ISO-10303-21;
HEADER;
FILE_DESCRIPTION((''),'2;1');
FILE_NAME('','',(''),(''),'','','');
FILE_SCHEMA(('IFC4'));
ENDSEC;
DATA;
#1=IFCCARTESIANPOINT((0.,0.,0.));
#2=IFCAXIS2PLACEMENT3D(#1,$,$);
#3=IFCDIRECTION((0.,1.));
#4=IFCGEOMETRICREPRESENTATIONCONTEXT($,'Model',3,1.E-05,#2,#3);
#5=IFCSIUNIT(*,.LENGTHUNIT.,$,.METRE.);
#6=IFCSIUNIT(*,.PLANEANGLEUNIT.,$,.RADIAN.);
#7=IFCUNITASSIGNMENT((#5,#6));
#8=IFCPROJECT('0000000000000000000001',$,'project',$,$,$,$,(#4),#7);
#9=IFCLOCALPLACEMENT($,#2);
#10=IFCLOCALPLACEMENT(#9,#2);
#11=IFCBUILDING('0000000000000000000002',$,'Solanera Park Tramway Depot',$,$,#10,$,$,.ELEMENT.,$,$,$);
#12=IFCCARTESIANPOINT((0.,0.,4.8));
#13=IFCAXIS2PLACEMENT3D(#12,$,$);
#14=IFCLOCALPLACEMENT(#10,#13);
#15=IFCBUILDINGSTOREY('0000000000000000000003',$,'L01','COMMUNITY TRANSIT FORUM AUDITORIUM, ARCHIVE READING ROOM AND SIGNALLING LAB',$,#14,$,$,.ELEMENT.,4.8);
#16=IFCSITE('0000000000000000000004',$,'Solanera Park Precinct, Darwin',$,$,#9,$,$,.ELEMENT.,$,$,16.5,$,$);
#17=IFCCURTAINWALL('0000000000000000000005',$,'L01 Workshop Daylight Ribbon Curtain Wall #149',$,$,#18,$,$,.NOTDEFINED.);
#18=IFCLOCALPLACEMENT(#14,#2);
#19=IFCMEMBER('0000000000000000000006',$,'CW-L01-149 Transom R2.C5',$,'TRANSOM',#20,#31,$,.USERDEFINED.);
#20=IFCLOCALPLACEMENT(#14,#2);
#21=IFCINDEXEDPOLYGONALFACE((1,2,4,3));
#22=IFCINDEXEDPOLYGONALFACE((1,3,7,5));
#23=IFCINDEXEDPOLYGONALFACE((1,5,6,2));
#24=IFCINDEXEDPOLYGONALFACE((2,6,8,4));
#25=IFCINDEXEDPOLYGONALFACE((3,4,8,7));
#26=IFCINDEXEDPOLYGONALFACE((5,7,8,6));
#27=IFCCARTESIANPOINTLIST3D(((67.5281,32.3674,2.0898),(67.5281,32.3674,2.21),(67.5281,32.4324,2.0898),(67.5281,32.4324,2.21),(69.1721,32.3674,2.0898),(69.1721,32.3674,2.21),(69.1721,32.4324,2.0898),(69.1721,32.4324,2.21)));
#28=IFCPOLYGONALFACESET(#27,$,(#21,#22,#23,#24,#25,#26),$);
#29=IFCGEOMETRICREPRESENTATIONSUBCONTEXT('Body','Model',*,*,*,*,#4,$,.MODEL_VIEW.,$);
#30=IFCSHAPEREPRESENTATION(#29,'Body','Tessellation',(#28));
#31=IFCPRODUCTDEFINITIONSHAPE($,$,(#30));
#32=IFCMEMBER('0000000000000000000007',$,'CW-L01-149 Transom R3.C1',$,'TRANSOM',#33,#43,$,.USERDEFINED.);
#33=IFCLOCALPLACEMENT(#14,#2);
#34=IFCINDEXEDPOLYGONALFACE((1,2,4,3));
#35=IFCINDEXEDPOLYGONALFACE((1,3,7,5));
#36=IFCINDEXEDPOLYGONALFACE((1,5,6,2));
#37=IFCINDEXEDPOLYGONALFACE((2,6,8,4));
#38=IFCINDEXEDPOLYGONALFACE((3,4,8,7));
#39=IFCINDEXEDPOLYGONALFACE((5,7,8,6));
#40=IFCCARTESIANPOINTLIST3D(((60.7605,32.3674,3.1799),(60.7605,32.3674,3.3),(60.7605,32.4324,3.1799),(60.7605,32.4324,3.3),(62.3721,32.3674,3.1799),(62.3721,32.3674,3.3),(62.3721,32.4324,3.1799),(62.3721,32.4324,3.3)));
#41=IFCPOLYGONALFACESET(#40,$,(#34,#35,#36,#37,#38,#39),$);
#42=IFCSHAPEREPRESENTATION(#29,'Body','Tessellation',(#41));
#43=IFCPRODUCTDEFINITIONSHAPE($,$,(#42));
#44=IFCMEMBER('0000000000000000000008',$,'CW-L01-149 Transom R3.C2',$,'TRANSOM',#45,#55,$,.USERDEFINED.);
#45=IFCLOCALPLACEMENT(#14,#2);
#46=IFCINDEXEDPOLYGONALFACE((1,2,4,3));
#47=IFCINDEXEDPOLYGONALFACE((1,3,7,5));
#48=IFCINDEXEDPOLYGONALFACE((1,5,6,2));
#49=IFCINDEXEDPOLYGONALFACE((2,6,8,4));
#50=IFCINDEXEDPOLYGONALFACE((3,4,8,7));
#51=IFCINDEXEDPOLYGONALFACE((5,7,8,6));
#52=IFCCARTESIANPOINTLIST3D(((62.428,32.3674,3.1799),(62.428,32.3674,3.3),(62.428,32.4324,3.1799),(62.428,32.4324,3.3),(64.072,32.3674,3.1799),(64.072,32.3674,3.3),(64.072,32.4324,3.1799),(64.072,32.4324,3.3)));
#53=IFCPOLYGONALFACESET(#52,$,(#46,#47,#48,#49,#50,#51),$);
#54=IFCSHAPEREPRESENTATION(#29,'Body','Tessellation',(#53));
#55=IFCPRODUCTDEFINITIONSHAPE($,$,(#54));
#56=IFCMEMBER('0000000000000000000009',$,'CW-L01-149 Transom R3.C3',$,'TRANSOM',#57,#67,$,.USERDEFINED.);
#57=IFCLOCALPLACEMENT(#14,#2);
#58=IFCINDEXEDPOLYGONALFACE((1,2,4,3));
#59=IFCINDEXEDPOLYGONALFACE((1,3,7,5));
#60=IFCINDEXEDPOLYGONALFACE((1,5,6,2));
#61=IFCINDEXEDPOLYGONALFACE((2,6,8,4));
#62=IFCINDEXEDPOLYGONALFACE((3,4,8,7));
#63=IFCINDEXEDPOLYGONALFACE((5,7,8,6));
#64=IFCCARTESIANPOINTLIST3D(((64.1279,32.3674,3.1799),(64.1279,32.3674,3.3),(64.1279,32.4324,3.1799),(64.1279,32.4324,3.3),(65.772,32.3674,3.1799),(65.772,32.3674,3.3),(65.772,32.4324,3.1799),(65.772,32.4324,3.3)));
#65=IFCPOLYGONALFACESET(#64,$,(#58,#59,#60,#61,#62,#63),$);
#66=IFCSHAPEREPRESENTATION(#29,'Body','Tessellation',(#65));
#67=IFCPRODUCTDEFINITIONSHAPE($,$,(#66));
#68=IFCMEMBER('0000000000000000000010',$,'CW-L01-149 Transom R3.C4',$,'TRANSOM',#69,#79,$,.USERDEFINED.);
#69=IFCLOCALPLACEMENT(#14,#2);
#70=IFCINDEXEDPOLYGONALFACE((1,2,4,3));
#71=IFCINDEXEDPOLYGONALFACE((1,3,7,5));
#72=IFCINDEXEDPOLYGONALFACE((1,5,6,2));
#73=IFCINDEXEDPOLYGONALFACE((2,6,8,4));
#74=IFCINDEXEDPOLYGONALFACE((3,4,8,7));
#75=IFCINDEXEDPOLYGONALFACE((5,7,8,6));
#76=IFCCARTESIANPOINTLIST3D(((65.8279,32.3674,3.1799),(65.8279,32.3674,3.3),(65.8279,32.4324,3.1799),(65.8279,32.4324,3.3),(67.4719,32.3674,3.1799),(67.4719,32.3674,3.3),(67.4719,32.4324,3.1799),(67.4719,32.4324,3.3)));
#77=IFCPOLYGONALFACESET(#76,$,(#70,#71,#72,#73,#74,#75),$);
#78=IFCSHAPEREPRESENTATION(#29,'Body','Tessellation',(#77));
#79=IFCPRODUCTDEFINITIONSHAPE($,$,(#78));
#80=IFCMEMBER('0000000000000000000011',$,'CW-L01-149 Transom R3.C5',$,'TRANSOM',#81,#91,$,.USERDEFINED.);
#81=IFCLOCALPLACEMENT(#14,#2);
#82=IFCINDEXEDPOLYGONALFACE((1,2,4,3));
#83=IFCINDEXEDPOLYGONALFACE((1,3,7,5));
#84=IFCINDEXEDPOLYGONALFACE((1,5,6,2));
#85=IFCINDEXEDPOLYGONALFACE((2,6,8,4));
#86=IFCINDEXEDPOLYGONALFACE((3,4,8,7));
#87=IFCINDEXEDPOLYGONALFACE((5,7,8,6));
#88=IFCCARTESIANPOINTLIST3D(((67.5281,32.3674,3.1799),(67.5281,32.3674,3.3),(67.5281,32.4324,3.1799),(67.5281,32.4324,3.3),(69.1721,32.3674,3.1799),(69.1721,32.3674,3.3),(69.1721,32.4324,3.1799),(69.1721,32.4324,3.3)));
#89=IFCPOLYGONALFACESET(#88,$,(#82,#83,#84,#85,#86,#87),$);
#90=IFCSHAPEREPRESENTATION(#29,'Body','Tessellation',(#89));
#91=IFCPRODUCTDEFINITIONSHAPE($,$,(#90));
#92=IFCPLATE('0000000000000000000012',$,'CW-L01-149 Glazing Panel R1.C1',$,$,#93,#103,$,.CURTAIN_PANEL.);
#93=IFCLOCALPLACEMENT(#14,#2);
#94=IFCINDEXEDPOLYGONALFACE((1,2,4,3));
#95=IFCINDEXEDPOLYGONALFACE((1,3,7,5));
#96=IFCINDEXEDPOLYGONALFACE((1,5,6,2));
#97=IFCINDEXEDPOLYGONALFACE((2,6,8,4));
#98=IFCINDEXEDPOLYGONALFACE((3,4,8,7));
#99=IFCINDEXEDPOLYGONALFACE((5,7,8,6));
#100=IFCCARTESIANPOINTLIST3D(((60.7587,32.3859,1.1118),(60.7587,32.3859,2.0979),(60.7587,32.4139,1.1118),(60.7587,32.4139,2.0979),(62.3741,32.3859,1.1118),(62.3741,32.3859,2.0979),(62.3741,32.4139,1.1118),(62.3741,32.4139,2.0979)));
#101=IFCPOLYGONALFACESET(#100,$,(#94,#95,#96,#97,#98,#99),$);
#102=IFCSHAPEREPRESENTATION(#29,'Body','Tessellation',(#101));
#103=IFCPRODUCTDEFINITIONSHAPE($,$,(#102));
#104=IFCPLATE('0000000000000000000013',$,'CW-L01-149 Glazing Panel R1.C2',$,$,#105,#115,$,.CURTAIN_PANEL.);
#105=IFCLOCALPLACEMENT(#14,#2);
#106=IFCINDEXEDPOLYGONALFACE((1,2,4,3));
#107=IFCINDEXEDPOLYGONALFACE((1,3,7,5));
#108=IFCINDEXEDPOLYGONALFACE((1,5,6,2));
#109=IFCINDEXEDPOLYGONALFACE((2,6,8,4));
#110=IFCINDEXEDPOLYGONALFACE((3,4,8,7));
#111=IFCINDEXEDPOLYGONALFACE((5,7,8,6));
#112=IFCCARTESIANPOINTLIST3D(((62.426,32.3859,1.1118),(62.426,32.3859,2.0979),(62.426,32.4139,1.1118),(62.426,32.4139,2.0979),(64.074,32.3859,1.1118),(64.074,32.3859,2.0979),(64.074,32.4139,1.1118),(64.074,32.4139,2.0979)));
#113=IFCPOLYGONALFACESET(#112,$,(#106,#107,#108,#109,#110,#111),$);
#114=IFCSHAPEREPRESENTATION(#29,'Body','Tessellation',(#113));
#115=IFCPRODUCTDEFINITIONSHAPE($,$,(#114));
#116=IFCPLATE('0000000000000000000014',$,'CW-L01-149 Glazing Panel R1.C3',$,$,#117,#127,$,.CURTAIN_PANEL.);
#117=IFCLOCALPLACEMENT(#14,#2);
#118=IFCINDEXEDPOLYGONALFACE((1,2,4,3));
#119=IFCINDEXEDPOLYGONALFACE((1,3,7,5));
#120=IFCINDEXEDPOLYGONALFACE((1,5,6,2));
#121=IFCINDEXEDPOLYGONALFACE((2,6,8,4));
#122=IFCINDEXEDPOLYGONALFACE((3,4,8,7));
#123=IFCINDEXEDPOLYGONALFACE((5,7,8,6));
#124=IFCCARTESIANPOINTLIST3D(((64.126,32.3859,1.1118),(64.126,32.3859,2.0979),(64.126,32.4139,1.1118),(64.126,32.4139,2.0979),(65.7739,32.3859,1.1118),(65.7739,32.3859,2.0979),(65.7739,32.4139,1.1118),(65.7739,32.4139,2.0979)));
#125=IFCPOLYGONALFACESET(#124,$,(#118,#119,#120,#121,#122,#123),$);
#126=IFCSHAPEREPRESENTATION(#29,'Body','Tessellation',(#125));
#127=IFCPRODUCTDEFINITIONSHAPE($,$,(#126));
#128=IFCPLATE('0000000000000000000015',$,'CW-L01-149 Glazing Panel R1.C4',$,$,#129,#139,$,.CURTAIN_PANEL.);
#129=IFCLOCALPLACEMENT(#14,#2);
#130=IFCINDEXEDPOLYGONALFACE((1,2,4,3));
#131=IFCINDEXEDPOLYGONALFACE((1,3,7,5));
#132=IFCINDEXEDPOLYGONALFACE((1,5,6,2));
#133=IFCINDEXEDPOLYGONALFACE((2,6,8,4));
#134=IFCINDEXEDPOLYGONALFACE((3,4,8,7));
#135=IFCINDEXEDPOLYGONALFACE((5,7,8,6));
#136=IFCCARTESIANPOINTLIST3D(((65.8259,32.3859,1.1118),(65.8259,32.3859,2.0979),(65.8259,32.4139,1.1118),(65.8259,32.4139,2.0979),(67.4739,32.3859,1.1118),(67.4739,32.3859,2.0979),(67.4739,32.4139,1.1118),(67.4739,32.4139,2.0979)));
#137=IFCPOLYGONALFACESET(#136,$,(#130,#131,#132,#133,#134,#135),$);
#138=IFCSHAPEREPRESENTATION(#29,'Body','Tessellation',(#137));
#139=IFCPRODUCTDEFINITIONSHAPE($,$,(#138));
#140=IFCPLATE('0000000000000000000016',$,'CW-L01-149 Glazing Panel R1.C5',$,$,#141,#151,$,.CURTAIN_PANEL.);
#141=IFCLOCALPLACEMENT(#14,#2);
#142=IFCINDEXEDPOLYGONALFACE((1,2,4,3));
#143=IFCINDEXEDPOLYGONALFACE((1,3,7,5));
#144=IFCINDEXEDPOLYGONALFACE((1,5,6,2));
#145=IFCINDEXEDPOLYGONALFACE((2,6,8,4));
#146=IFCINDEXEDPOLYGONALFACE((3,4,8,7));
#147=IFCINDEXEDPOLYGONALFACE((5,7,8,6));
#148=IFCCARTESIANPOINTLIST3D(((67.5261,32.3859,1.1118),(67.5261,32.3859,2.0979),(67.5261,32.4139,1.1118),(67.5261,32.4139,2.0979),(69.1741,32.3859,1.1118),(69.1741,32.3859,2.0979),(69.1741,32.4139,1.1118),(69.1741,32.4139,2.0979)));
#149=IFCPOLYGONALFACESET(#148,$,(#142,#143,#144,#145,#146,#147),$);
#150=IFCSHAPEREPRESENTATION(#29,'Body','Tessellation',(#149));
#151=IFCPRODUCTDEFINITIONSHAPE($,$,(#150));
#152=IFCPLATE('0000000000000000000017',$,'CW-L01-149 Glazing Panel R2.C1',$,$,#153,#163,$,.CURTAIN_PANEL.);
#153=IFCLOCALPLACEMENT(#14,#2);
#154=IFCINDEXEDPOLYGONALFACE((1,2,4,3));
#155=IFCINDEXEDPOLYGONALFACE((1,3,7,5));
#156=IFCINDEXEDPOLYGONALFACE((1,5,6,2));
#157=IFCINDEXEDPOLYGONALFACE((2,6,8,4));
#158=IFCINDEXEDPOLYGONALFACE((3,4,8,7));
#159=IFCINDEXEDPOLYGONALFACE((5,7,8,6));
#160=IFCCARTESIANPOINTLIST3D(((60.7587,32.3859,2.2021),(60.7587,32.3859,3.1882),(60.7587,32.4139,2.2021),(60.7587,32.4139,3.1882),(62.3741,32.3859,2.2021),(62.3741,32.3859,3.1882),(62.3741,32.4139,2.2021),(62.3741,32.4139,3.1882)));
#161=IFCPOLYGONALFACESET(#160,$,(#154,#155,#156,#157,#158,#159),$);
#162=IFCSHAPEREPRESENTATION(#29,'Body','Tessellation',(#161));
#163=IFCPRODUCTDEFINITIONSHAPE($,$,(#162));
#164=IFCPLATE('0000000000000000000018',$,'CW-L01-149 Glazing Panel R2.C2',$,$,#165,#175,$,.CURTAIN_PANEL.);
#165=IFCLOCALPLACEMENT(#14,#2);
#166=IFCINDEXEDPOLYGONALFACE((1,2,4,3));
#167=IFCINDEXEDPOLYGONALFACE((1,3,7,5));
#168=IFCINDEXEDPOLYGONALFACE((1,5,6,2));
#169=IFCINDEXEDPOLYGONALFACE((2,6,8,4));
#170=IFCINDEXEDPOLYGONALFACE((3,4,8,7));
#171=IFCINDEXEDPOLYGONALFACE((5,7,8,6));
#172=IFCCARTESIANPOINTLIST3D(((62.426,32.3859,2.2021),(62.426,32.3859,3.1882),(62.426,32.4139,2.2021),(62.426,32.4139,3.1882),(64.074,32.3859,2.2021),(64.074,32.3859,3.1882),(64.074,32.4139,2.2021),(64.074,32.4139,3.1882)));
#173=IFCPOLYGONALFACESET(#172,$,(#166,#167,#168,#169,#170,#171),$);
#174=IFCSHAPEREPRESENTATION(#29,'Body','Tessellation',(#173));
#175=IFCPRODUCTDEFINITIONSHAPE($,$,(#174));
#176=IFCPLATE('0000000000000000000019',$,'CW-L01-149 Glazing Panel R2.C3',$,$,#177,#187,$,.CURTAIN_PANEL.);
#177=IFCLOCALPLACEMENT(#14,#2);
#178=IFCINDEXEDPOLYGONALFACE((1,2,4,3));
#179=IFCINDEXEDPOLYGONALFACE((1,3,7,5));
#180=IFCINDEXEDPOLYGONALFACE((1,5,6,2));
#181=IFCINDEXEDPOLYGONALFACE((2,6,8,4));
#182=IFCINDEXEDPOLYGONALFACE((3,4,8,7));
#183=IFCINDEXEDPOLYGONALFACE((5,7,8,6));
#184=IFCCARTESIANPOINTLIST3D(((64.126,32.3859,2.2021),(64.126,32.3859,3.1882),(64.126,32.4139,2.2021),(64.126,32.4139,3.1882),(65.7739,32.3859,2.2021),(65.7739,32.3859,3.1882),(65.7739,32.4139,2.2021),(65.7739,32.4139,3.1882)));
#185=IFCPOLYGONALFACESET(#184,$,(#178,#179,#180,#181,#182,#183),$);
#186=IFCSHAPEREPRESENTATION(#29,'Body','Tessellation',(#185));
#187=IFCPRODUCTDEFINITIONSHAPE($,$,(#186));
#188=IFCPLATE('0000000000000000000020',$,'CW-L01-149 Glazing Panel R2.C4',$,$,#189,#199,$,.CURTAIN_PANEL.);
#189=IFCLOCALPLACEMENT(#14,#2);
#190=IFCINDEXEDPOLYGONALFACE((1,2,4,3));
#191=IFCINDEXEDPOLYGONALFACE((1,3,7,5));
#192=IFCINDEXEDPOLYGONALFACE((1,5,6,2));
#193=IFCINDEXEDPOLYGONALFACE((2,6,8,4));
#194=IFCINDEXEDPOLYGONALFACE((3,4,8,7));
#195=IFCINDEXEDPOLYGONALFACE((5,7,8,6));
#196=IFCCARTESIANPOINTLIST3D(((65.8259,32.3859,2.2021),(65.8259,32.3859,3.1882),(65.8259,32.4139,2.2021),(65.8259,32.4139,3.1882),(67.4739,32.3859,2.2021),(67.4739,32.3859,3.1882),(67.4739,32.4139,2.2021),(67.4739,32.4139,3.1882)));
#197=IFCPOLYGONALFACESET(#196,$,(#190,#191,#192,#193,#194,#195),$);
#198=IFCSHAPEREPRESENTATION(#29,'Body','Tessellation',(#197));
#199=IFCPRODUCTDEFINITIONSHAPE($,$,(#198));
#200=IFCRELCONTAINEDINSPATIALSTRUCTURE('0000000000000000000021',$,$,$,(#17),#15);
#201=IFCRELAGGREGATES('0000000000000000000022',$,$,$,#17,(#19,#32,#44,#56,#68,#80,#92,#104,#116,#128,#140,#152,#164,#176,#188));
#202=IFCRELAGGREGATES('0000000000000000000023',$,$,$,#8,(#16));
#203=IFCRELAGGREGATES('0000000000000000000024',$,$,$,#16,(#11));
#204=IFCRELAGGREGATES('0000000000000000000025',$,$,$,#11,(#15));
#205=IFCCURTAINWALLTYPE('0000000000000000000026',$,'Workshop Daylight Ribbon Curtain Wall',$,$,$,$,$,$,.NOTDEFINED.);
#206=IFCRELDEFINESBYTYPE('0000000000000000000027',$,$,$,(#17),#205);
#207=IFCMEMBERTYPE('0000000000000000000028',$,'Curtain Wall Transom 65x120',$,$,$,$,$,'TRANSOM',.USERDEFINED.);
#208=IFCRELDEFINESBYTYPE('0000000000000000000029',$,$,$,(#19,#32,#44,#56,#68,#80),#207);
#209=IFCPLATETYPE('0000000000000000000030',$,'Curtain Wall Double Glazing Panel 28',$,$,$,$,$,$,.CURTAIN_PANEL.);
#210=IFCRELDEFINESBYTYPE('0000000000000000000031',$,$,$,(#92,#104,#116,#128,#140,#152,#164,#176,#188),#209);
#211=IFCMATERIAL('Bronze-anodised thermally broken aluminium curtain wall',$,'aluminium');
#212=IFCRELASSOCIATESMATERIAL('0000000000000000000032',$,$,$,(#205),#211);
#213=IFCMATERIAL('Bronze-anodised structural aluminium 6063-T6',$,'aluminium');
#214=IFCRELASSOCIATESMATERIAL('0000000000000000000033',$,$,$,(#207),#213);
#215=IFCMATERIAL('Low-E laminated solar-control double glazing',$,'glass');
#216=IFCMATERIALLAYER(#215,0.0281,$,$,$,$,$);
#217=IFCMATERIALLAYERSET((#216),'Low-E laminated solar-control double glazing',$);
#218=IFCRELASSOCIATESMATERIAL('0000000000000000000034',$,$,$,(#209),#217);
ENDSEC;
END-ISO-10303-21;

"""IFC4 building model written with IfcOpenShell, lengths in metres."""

from ifc_helpers import new_model, si_unit, direction, frame, origin, origin_2d, place, context, subcontext, project, spatial, rectangle, extrude, material, layer, layer_set, material_profile, profile_set, type_object, element, aggregate, save


model = new_model("IFC4")

# Units and contexts
model_context = context("Model", 3, precision=1e-05, world=origin(), true_north=direction((0.0, 1.0)))
body_context = subcontext(model_context, "Body", "Model", "MODEL_VIEW")
ifc_project = project(units=[si_unit("LENGTHUNIT", "METRE"), si_unit("PLANEANGLEUNIT", "RADIAN")], contexts=[model_context])

# Site, building, storey
site_placement = place(None, origin())
site = spatial("IfcSite", under=ifc_project, at=site_placement, Name="Solanera Park Precinct, Darwin", CompositionType="ELEMENT", RefElevation=16.5)
building_placement = place(site_placement, origin())
building = spatial("IfcBuilding", under=site, at=building_placement, Name="Solanera Park Tramway Depot", CompositionType="ELEMENT")
storey_placement = place(building_placement, frame((0.0, 0.0, 4.8)))
storey = spatial("IfcBuildingStorey", under=building, at=storey_placement, Name="L01", Description="COMMUNITY TRANSIT FORUM AUDITORIUM, ARCHIVE READING ROOM AND SIGNALLING LAB", CompositionType="ELEMENT", Elevation=4.8)

# Curtain wall, members, plates
ifc_material_1 = material(Name="Bronze-anodised thermally broken aluminium curtain wall", Category="aluminium")
curtain_wall_type = type_object("IfcCurtainWallType", Name="Workshop Daylight Ribbon Curtain Wall", PredefinedType="NOTDEFINED", material=ifc_material_1)
curtain_wall_placement = place(storey_placement, origin())
curtain_wall = element("IfcCurtainWall", 1, at=curtain_wall_placement, inside=storey, type_object=curtain_wall_type, Name="L01 Workshop Daylight Ribbon Curtain Wall #149", PredefinedType="NOTDEFINED")
ifc_material_2 = material(Name="Bronze-anodised structural aluminium 6063-T6", Category="aluminium")
ifc_material_profile_1 = material_profile(ifc_material_2, rectangle(XDim=0.0649, YDim=0.1201, at=origin_2d()), Name="Curtain Wall Transom 65x120")
ifc_profile_set_1 = profile_set([ifc_material_profile_1], Name="Bronze-anodised structural aluminium 6063-T6")
member_type_1 = type_object("IfcMemberType", Name="Curtain Wall Transom 65x120", ElementType="TRANSOM", PredefinedType="USERDEFINED", material=ifc_profile_set_1)
member_1_placement = place(storey_placement, frame((67.5281, 32.3999, 2.1499), z_axis=(1.0, 0.0, 0.0), x_axis=(0.0, 1.0, 0.0)))
member_1 = element("IfcMember", 2, at=member_1_placement, type_object=member_type_1, Name="CW-L01-149 Transom R2.C5", ObjectType="TRANSOM", PredefinedType="USERDEFINED", context=body_context, shape_type="SweptSolid", body=[
    extrude(rectangle(XDim=0.0649, YDim=0.1201, at=origin_2d()), origin(), (0.0, 0.0, 1.0), 1.644),
])
member_2_placement = place(storey_placement, frame((60.7605, 32.3999, 3.24), z_axis=(1.0, 0.0, 0.0), x_axis=(0.0, 1.0, 0.0)))
member_2 = element("IfcMember", 3, at=member_2_placement, type_object=member_type_1, Name="CW-L01-149 Transom R3.C1", ObjectType="TRANSOM", PredefinedType="USERDEFINED", context=body_context, shape_type="SweptSolid", body=[
    extrude(rectangle(XDim=0.0649, YDim=0.1201, at=origin_2d()), origin(), (0.0, 0.0, 1.0), 1.6116),
])
member_3_placement = place(storey_placement, frame((62.428, 32.3999, 3.24), z_axis=(1.0, 0.0, 0.0), x_axis=(0.0, 1.0, 0.0)))
member_3 = element("IfcMember", 4, at=member_3_placement, type_object=member_type_1, Name="CW-L01-149 Transom R3.C2", ObjectType="TRANSOM", PredefinedType="USERDEFINED", context=body_context, shape_type="SweptSolid", body=[
    extrude(rectangle(XDim=0.0649, YDim=0.1201, at=origin_2d()), origin(), (0.0, 0.0, 1.0), 1.644),
])
member_4_placement = place(storey_placement, frame((64.1279, 32.3999, 3.24), z_axis=(1.0, 0.0, 0.0), x_axis=(0.0, 1.0, 0.0)))
member_4 = element("IfcMember", 5, at=member_4_placement, type_object=member_type_1, Name="CW-L01-149 Transom R3.C3", ObjectType="TRANSOM", PredefinedType="USERDEFINED", context=body_context, shape_type="SweptSolid", body=[
    extrude(rectangle(XDim=0.0649, YDim=0.1201, at=origin_2d()), origin(), (0.0, 0.0, 1.0), 1.644),
])
member_5_placement = place(storey_placement, frame((65.8279, 32.3999, 3.24), z_axis=(1.0, 0.0, 0.0), x_axis=(0.0, 1.0, 0.0)))
member_5 = element("IfcMember", 6, at=member_5_placement, type_object=member_type_1, Name="CW-L01-149 Transom R3.C4", ObjectType="TRANSOM", PredefinedType="USERDEFINED", context=body_context, shape_type="SweptSolid", body=[
    extrude(rectangle(XDim=0.0649, YDim=0.1201, at=origin_2d()), origin(), (0.0, 0.0, 1.0), 1.644),
])
member_6_placement = place(storey_placement, frame((67.5281, 32.3999, 3.24), z_axis=(1.0, 0.0, 0.0), x_axis=(0.0, 1.0, 0.0)))
member_6 = element("IfcMember", 7, at=member_6_placement, type_object=member_type_1, Name="CW-L01-149 Transom R3.C5", ObjectType="TRANSOM", PredefinedType="USERDEFINED", context=body_context, shape_type="SweptSolid", body=[
    extrude(rectangle(XDim=0.0649, YDim=0.1201, at=origin_2d()), origin(), (0.0, 0.0, 1.0), 1.644),
])
ifc_material_3 = material(Name="Low-E laminated solar-control double glazing", Category="glass")
ifc_layer = layer(ifc_material_3, 0.0281)
ifc_layer_set = layer_set([ifc_layer], Name="Low-E laminated solar-control double glazing")
plate_type = type_object("IfcPlateType", Name="Curtain Wall Double Glazing Panel 28", PredefinedType="CURTAIN_PANEL", material=ifc_layer_set)
plate_1_placement = place(storey_placement, frame((61.5664, 32.3999, 1.1118), z_axis=(0.0, 0.0, 1.0), x_axis=(1.0, 0.0, 0.0)))
plate_1 = element("IfcPlate", 8, at=plate_1_placement, type_object=plate_type, Name="CW-L01-149 Glazing Panel R1.C1", PredefinedType="CURTAIN_PANEL", context=body_context, shape_type="SweptSolid", body=[
    extrude(rectangle(XDim=1.6155, YDim=0.0281, at=origin_2d()), origin(), (0.0, 0.0, 1.0), 0.9861),
])
plate_2_placement = place(storey_placement, frame((63.25, 32.3999, 1.1118), z_axis=(0.0, 0.0, 1.0), x_axis=(1.0, 0.0, 0.0)))
plate_2 = element("IfcPlate", 9, at=plate_2_placement, type_object=plate_type, Name="CW-L01-149 Glazing Panel R1.C2", PredefinedType="CURTAIN_PANEL", context=body_context, shape_type="SweptSolid", body=[
    extrude(rectangle(XDim=1.6479, YDim=0.0281, at=origin_2d()), origin(), (0.0, 0.0, 1.0), 0.9861),
])
plate_3_placement = place(storey_placement, frame((64.95, 32.3999, 1.1118), z_axis=(0.0, 0.0, 1.0), x_axis=(1.0, 0.0, 0.0)))
plate_3 = element("IfcPlate", 10, at=plate_3_placement, type_object=plate_type, Name="CW-L01-149 Glazing Panel R1.C3", PredefinedType="CURTAIN_PANEL", context=body_context, shape_type="SweptSolid", body=[
    extrude(rectangle(XDim=1.6479, YDim=0.0281, at=origin_2d()), origin(), (0.0, 0.0, 1.0), 0.9861),
])
plate_4_placement = place(storey_placement, frame((66.6499, 32.3999, 1.1118), z_axis=(0.0, 0.0, 1.0), x_axis=(1.0, 0.0, 0.0)))
plate_4 = element("IfcPlate", 11, at=plate_4_placement, type_object=plate_type, Name="CW-L01-149 Glazing Panel R1.C4", PredefinedType="CURTAIN_PANEL", context=body_context, shape_type="SweptSolid", body=[
    extrude(rectangle(XDim=1.6479, YDim=0.0281, at=origin_2d()), origin(), (0.0, 0.0, 1.0), 0.9861),
])
plate_5_placement = place(storey_placement, frame((68.3501, 32.3999, 1.1118), z_axis=(0.0, 0.0, 1.0), x_axis=(1.0, 0.0, 0.0)))
plate_5 = element("IfcPlate", 12, at=plate_5_placement, type_object=plate_type, Name="CW-L01-149 Glazing Panel R1.C5", PredefinedType="CURTAIN_PANEL", context=body_context, shape_type="SweptSolid", body=[
    extrude(rectangle(XDim=1.6479, YDim=0.0281, at=origin_2d()), origin(), (0.0, 0.0, 1.0), 0.9861),
])
plate_6_placement = place(storey_placement, frame((61.5664, 32.3999, 2.2021), z_axis=(0.0, 0.0, 1.0), x_axis=(1.0, 0.0, 0.0)))
plate_6 = element("IfcPlate", 13, at=plate_6_placement, type_object=plate_type, Name="CW-L01-149 Glazing Panel R2.C1", PredefinedType="CURTAIN_PANEL", context=body_context, shape_type="SweptSolid", body=[
    extrude(rectangle(XDim=1.6155, YDim=0.0281, at=origin_2d()), origin(), (0.0, 0.0, 1.0), 0.9861),
])
plate_7_placement = place(storey_placement, frame((63.25, 32.3999, 2.2021), z_axis=(0.0, 0.0, 1.0), x_axis=(1.0, 0.0, 0.0)))
plate_7 = element("IfcPlate", 14, at=plate_7_placement, type_object=plate_type, Name="CW-L01-149 Glazing Panel R2.C2", PredefinedType="CURTAIN_PANEL", context=body_context, shape_type="SweptSolid", body=[
    extrude(rectangle(XDim=1.6479, YDim=0.0281, at=origin_2d()), origin(), (0.0, 0.0, 1.0), 0.9861),
])
plate_8_placement = place(storey_placement, frame((64.95, 32.3999, 2.2021), z_axis=(0.0, 0.0, 1.0), x_axis=(1.0, 0.0, 0.0)))
plate_8 = element("IfcPlate", 15, at=plate_8_placement, type_object=plate_type, Name="CW-L01-149 Glazing Panel R2.C3", PredefinedType="CURTAIN_PANEL", context=body_context, shape_type="SweptSolid", body=[
    extrude(rectangle(XDim=1.6479, YDim=0.0281, at=origin_2d()), origin(), (0.0, 0.0, 1.0), 0.9861),
])
plate_9_placement = place(storey_placement, frame((66.6499, 32.3999, 2.2021), z_axis=(0.0, 0.0, 1.0), x_axis=(1.0, 0.0, 0.0)))
plate_9 = element("IfcPlate", 16, at=plate_9_placement, type_object=plate_type, Name="CW-L01-149 Glazing Panel R2.C4", PredefinedType="CURTAIN_PANEL", context=body_context, shape_type="SweptSolid", body=[
    extrude(rectangle(XDim=1.6479, YDim=0.0281, at=origin_2d()), origin(), (0.0, 0.0, 1.0), 0.9861),
])
aggregate(curtain_wall, [member_1, member_2, member_3, member_4, member_5, member_6, plate_1, plate_2, plate_3, plate_4, plate_5, plate_6, plate_7, plate_8, plate_9])

save(model, "model.ifc")
